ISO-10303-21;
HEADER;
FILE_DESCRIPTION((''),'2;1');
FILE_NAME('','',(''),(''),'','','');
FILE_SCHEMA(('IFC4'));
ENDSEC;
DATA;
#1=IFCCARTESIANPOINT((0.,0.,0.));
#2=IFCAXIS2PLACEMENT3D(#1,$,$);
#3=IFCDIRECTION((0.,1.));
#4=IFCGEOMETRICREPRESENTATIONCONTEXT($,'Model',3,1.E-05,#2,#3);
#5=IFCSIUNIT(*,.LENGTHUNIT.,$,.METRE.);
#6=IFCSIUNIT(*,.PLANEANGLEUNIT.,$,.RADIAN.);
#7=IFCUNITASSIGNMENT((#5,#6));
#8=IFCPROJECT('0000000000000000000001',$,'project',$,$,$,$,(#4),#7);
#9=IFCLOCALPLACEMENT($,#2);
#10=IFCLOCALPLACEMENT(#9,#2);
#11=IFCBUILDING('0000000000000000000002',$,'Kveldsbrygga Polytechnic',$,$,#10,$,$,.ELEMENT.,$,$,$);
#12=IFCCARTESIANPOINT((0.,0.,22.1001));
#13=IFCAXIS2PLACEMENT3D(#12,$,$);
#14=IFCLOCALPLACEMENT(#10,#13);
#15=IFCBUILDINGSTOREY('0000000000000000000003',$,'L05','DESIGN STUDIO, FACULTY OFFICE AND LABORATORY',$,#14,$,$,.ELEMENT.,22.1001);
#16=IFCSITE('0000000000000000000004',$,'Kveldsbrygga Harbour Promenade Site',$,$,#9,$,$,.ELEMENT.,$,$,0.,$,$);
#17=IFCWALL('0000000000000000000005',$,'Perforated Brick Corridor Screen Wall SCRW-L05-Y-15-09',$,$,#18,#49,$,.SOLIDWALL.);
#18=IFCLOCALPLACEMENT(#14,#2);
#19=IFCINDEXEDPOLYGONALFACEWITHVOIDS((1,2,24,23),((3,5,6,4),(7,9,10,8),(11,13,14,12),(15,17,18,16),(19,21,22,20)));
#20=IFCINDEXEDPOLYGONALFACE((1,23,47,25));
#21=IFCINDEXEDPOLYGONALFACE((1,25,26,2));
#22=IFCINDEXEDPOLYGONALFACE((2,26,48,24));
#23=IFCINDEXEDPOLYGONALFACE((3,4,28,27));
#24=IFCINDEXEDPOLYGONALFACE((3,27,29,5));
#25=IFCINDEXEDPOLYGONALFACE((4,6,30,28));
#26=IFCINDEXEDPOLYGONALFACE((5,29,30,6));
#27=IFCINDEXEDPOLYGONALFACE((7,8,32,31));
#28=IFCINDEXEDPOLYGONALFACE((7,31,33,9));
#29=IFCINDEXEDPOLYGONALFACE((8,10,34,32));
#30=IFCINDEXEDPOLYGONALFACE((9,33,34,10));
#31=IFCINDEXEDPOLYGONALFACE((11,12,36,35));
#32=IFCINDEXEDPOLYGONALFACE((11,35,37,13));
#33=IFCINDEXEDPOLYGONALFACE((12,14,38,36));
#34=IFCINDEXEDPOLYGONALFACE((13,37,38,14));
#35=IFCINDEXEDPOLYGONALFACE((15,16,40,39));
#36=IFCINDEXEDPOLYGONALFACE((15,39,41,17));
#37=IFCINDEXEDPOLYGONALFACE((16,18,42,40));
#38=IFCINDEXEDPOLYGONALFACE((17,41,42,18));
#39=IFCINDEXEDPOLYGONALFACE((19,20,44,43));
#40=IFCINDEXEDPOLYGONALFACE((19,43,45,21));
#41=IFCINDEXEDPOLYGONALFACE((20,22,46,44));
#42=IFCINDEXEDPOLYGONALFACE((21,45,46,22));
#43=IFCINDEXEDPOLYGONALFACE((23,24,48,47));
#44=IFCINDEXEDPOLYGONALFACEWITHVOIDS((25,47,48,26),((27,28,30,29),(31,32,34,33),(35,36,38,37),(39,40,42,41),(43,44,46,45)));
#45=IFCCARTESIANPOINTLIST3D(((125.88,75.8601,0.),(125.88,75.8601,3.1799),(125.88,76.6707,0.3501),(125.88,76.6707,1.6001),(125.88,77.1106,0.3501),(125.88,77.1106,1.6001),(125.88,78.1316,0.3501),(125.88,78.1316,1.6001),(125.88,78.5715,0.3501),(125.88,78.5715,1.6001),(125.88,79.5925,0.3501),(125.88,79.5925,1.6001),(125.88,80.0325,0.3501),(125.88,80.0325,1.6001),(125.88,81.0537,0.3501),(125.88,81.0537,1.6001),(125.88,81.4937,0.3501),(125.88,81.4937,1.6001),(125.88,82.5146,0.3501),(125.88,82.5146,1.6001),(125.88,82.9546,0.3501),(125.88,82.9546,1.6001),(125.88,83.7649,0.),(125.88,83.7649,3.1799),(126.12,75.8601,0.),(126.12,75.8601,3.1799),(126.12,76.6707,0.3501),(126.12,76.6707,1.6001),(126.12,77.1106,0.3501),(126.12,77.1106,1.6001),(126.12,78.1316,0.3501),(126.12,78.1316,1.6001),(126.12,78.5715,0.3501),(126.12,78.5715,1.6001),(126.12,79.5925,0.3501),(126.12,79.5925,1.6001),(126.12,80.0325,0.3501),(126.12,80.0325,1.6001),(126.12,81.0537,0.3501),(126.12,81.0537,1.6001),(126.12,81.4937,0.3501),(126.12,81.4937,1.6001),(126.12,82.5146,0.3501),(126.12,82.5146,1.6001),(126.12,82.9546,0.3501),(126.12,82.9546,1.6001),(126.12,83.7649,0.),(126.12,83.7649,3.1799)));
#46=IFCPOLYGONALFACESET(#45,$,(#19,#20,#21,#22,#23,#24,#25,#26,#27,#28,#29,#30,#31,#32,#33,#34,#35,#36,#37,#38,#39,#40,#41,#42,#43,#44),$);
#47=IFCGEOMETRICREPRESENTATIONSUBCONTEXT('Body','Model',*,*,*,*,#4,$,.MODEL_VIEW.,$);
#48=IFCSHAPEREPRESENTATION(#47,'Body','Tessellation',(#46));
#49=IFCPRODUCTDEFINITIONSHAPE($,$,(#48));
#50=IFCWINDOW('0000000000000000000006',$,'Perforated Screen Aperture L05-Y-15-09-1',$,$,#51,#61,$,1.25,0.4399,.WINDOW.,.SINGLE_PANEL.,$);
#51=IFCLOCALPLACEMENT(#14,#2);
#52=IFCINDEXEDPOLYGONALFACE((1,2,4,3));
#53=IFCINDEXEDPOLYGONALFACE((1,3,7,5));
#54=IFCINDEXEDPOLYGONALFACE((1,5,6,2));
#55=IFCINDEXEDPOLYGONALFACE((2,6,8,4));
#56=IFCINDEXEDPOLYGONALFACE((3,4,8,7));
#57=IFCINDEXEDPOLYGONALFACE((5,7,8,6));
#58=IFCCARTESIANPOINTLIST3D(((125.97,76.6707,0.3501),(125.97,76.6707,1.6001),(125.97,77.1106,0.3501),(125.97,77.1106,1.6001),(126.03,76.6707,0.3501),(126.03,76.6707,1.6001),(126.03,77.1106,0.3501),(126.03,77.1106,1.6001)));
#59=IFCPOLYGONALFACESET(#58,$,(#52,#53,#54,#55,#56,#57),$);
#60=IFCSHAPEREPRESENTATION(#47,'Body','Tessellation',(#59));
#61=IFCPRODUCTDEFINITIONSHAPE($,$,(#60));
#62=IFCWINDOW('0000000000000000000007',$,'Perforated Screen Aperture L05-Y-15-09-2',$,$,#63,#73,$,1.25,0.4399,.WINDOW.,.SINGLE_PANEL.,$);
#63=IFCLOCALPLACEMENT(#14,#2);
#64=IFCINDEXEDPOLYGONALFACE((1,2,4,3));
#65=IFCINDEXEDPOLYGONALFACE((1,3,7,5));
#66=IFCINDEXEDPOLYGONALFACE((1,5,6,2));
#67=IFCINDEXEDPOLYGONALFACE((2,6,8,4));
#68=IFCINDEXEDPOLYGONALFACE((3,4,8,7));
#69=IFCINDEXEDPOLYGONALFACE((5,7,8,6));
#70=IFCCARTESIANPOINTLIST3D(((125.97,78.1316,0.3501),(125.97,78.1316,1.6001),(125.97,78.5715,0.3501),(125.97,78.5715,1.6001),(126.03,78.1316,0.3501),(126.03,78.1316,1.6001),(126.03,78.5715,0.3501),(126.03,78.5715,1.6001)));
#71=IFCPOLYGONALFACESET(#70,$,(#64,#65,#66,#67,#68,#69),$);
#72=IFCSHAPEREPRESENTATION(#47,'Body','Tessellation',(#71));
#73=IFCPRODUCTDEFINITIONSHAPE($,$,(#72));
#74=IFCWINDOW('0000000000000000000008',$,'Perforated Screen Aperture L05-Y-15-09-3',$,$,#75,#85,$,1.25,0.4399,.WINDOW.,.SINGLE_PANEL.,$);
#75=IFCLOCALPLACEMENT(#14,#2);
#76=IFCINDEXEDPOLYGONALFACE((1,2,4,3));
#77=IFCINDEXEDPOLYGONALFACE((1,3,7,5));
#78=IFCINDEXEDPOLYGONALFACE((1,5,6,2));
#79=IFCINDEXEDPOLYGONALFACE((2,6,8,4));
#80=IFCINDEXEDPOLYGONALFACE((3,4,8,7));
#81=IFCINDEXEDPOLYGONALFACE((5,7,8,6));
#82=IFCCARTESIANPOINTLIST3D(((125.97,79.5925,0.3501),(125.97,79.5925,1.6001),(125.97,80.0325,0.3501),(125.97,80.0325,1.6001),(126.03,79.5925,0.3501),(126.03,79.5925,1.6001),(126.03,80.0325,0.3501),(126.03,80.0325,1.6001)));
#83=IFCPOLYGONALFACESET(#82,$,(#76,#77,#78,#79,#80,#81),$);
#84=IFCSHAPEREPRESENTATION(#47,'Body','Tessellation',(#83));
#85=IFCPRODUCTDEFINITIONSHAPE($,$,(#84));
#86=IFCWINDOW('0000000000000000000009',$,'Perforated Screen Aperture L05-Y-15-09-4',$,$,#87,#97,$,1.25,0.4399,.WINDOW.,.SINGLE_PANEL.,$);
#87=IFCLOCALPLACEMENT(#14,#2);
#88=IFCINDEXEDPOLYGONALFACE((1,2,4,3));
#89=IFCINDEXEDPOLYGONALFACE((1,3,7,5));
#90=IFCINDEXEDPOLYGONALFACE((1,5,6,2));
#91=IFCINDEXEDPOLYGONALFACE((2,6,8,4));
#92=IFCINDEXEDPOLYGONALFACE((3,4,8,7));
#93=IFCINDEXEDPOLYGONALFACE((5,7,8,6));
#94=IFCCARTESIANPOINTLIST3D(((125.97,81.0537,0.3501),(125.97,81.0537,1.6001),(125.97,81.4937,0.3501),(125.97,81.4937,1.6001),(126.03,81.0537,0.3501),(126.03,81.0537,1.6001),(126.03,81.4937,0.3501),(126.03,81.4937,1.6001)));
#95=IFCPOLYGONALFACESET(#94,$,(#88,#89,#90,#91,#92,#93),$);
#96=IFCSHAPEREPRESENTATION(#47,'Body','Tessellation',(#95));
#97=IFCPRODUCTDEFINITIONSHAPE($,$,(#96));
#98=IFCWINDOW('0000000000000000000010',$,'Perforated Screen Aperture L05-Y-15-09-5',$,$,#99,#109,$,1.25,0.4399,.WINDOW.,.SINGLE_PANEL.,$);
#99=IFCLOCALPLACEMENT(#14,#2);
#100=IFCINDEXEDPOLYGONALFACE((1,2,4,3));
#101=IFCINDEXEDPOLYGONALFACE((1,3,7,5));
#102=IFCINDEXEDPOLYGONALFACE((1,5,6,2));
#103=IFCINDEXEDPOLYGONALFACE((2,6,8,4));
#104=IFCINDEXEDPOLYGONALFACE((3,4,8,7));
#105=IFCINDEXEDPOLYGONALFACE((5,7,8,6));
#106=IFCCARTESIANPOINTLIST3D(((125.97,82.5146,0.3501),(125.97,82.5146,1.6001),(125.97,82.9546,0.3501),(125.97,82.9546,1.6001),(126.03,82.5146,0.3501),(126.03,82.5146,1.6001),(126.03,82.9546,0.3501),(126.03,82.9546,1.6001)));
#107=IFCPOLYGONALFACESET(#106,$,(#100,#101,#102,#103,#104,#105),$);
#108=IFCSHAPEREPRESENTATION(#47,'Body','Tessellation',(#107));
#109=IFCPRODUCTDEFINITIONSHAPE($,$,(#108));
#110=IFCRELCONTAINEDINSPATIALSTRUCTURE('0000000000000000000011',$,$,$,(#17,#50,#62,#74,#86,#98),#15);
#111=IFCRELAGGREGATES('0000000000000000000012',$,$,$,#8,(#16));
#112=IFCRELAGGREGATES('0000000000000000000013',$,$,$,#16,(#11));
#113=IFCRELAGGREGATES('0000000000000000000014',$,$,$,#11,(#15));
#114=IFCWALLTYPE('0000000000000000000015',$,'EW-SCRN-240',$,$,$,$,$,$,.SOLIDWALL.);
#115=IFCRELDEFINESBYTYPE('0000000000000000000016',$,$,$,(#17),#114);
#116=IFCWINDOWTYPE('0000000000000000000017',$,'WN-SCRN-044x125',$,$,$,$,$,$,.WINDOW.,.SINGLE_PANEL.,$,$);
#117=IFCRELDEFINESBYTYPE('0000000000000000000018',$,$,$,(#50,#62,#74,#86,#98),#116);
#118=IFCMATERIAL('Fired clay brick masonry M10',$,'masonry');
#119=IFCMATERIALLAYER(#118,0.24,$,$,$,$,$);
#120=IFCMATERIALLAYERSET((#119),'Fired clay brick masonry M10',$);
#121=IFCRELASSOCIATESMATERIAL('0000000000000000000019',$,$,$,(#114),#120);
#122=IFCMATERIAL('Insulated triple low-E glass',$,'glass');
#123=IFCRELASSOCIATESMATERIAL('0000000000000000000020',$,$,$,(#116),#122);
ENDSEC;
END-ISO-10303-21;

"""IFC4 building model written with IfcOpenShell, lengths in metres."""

from ifc_helpers import new_model, si_unit, direction, frame, frame_2d, origin, place, context, subcontext, project, spatial, rectangle, extrude, material, layer, layer_set, type_object, element, fill, save


model = new_model("IFC4")

# Units and contexts
model_context = context("Model", 3, precision=1e-05, world=origin(), true_north=direction((0.0, 1.0)))
body_context = subcontext(model_context, "Body", "Model", "MODEL_VIEW")
ifc_project = project(units=[si_unit("LENGTHUNIT", "METRE"), si_unit("PLANEANGLEUNIT", "RADIAN")], contexts=[model_context])

# Site, building, storey
site_placement = place(None, origin())
site = spatial("IfcSite", under=ifc_project, at=site_placement, Name="Kveldsbrygga Harbour Promenade Site", CompositionType="ELEMENT", RefElevation=0.0)
building_placement = place(site_placement, origin())
building = spatial("IfcBuilding", under=site, at=building_placement, Name="Kveldsbrygga Polytechnic", CompositionType="ELEMENT")
storey_placement = place(building_placement, frame((0.0, 0.0, 22.1001)))
storey = spatial("IfcBuildingStorey", under=building, at=storey_placement, Name="L05", Description="DESIGN STUDIO, FACULTY OFFICE AND LABORATORY", CompositionType="ELEMENT", Elevation=22.1001)

# Wall, openings, windows
ifc_material_1 = material(Name="Fired clay brick masonry M10", Category="masonry")
ifc_layer_1 = layer(ifc_material_1, 0.24)
ifc_layer_set_1 = layer_set([ifc_layer_1], Name="Fired clay brick masonry M10")
wall_type = type_object("IfcWallType", Name="EW-SCRN-240", PredefinedType="SOLIDWALL", material=ifc_layer_set_1)
ifc_material_2 = material(Name="Insulated triple low-E glass", Category="glass")
window_type = type_object("IfcWindowType", Name="WN-SCRN-044x125", PartitioningType="SINGLE_PANEL", PredefinedType="WINDOW", material=ifc_material_2)
wall_1_placement = place(storey_placement, frame((126.0, 75.8601, 0.0), z_axis=(0.0, 0.0, 1.0), x_axis=(0.0, 1.0, 0.0)))
wall_1 = element("IfcWall", 1, at=wall_1_placement, inside=storey, type_object=wall_type, Name="Perforated Brick Corridor Screen Wall SCRW-L05-Y-15-09", PredefinedType="SOLIDWALL", context=body_context, shape_type="SweptSolid", body=[
    extrude(rectangle(XDim=7.9048, YDim=0.24, at=frame_2d((3.9524, 0.0))), origin(), (0.0, 0.0, 1.0), 3.1799),
])
opening_1_placement = place(wall_1_placement, frame((0.8105, 0.0, 0.3501)))
opening_1 = element("IfcOpeningElement", 2, at=opening_1_placement, cuts=wall_1, PredefinedType="OPENING", context=body_context, shape_type="SweptSolid", body=[
    extrude(rectangle(XDim=0.4399, YDim=1.25, at=frame_2d((0.22, 0.625))), frame((0.0, 0.1299, 0.0), z_axis=(0.0, -1.0, 0.0), x_axis=(1.0, 0.0, 0.0)), (0.0, 0.0, 1.0), 0.26),
])
opening_2_placement = place(wall_1_placement, frame((2.2715, 0.0, 0.3501)))
opening_2 = element("IfcOpeningElement", 3, at=opening_2_placement, cuts=wall_1, PredefinedType="OPENING", context=body_context, shape_type="SweptSolid", body=[
    extrude(rectangle(XDim=0.4399, YDim=1.25, at=frame_2d((0.22, 0.625))), frame((0.0, 0.1299, 0.0), z_axis=(0.0, -1.0, 0.0), x_axis=(1.0, 0.0, 0.0)), (0.0, 0.0, 1.0), 0.26),
])
opening_3_placement = place(wall_1_placement, frame((3.7324, 0.0, 0.3501)))
opening_3 = element("IfcOpeningElement", 4, at=opening_3_placement, cuts=wall_1, PredefinedType="OPENING", context=body_context, shape_type="SweptSolid", body=[
    extrude(rectangle(XDim=0.4399, YDim=1.25, at=frame_2d((0.22, 0.625))), frame((0.0, 0.1299, 0.0), z_axis=(0.0, -1.0, 0.0), x_axis=(1.0, 0.0, 0.0)), (0.0, 0.0, 1.0), 0.26),
])
opening_4_placement = place(wall_1_placement, frame((5.1936, 0.0, 0.3501)))
opening_4 = element("IfcOpeningElement", 5, at=opening_4_placement, cuts=wall_1, PredefinedType="OPENING", context=body_context, shape_type="SweptSolid", body=[
    extrude(rectangle(XDim=0.4399, YDim=1.25, at=frame_2d((0.22, 0.625))), frame((0.0, 0.1299, 0.0), z_axis=(0.0, -1.0, 0.0), x_axis=(1.0, 0.0, 0.0)), (0.0, 0.0, 1.0), 0.26),
])
opening_5_placement = place(wall_1_placement, frame((6.6545, 0.0, 0.3501)))
opening_5 = element("IfcOpeningElement", 6, at=opening_5_placement, cuts=wall_1, PredefinedType="OPENING", context=body_context, shape_type="SweptSolid", body=[
    extrude(rectangle(XDim=0.4399, YDim=1.25, at=frame_2d((0.22, 0.625))), frame((0.0, 0.1299, 0.0), z_axis=(0.0, -1.0, 0.0), x_axis=(1.0, 0.0, 0.0)), (0.0, 0.0, 1.0), 0.26),
])
window_1_placement = place(opening_1_placement, origin())
window_1 = element("IfcWindow", 7, at=window_1_placement, inside=storey, type_object=window_type, Name="Perforated Screen Aperture L05-Y-15-09-1", OverallHeight=1.25, OverallWidth=0.4399, PartitioningType="SINGLE_PANEL", PredefinedType="WINDOW", context=body_context, shape_type="SweptSolid", body=[
    extrude(rectangle(XDim=0.4399, YDim=1.25, at=frame_2d((0.22, 0.625))), frame((0.0, 0.03, 0.0), z_axis=(0.0, -1.0, 0.0), x_axis=(1.0, 0.0, 0.0)), (0.0, 0.0, 1.0), 0.0601),
])
fill(opening_1, window_1)
window_2_placement = place(opening_2_placement, origin())
window_2 = element("IfcWindow", 8, at=window_2_placement, inside=storey, type_object=window_type, Name="Perforated Screen Aperture L05-Y-15-09-2", OverallHeight=1.25, OverallWidth=0.4399, PartitioningType="SINGLE_PANEL", PredefinedType="WINDOW", context=body_context, shape_type="SweptSolid", body=[
    extrude(rectangle(XDim=0.4399, YDim=1.25, at=frame_2d((0.22, 0.625))), frame((0.0, 0.03, 0.0), z_axis=(0.0, -1.0, 0.0), x_axis=(1.0, 0.0, 0.0)), (0.0, 0.0, 1.0), 0.0601),
])
fill(opening_2, window_2)
window_3_placement = place(opening_3_placement, origin())
window_3 = element("IfcWindow", 9, at=window_3_placement, inside=storey, type_object=window_type, Name="Perforated Screen Aperture L05-Y-15-09-3", OverallHeight=1.25, OverallWidth=0.4399, PartitioningType="SINGLE_PANEL", PredefinedType="WINDOW", context=body_context, shape_type="SweptSolid", body=[
    extrude(rectangle(XDim=0.4399, YDim=1.25, at=frame_2d((0.22, 0.625))), frame((0.0, 0.03, 0.0), z_axis=(0.0, -1.0, 0.0), x_axis=(1.0, 0.0, 0.0)), (0.0, 0.0, 1.0), 0.0601),
])
fill(opening_3, window_3)
window_4_placement = place(opening_4_placement, origin())
window_4 = element("IfcWindow", 10, at=window_4_placement, inside=storey, type_object=window_type, Name="Perforated Screen Aperture L05-Y-15-09-4", OverallHeight=1.25, OverallWidth=0.4399, PartitioningType="SINGLE_PANEL", PredefinedType="WINDOW", context=body_context, shape_type="SweptSolid", body=[
    extrude(rectangle(XDim=0.4399, YDim=1.25, at=frame_2d((0.22, 0.625))), frame((0.0, 0.03, 0.0), z_axis=(0.0, -1.0, 0.0), x_axis=(1.0, 0.0, 0.0)), (0.0, 0.0, 1.0), 0.0601),
])
fill(opening_4, window_4)
window_5_placement = place(opening_5_placement, origin())
window_5 = element("IfcWindow", 11, at=window_5_placement, inside=storey, type_object=window_type, Name="Perforated Screen Aperture L05-Y-15-09-5", OverallHeight=1.25, OverallWidth=0.4399, PartitioningType="SINGLE_PANEL", PredefinedType="WINDOW", context=body_context, shape_type="SweptSolid", body=[
    extrude(rectangle(XDim=0.4399, YDim=1.25, at=frame_2d((0.22, 0.625))), frame((0.0, 0.03, 0.0), z_axis=(0.0, -1.0, 0.0), x_axis=(1.0, 0.0, 0.0)), (0.0, 0.0, 1.0), 0.0601),
])
fill(opening_5, window_5)

save(model, "model.ifc")
